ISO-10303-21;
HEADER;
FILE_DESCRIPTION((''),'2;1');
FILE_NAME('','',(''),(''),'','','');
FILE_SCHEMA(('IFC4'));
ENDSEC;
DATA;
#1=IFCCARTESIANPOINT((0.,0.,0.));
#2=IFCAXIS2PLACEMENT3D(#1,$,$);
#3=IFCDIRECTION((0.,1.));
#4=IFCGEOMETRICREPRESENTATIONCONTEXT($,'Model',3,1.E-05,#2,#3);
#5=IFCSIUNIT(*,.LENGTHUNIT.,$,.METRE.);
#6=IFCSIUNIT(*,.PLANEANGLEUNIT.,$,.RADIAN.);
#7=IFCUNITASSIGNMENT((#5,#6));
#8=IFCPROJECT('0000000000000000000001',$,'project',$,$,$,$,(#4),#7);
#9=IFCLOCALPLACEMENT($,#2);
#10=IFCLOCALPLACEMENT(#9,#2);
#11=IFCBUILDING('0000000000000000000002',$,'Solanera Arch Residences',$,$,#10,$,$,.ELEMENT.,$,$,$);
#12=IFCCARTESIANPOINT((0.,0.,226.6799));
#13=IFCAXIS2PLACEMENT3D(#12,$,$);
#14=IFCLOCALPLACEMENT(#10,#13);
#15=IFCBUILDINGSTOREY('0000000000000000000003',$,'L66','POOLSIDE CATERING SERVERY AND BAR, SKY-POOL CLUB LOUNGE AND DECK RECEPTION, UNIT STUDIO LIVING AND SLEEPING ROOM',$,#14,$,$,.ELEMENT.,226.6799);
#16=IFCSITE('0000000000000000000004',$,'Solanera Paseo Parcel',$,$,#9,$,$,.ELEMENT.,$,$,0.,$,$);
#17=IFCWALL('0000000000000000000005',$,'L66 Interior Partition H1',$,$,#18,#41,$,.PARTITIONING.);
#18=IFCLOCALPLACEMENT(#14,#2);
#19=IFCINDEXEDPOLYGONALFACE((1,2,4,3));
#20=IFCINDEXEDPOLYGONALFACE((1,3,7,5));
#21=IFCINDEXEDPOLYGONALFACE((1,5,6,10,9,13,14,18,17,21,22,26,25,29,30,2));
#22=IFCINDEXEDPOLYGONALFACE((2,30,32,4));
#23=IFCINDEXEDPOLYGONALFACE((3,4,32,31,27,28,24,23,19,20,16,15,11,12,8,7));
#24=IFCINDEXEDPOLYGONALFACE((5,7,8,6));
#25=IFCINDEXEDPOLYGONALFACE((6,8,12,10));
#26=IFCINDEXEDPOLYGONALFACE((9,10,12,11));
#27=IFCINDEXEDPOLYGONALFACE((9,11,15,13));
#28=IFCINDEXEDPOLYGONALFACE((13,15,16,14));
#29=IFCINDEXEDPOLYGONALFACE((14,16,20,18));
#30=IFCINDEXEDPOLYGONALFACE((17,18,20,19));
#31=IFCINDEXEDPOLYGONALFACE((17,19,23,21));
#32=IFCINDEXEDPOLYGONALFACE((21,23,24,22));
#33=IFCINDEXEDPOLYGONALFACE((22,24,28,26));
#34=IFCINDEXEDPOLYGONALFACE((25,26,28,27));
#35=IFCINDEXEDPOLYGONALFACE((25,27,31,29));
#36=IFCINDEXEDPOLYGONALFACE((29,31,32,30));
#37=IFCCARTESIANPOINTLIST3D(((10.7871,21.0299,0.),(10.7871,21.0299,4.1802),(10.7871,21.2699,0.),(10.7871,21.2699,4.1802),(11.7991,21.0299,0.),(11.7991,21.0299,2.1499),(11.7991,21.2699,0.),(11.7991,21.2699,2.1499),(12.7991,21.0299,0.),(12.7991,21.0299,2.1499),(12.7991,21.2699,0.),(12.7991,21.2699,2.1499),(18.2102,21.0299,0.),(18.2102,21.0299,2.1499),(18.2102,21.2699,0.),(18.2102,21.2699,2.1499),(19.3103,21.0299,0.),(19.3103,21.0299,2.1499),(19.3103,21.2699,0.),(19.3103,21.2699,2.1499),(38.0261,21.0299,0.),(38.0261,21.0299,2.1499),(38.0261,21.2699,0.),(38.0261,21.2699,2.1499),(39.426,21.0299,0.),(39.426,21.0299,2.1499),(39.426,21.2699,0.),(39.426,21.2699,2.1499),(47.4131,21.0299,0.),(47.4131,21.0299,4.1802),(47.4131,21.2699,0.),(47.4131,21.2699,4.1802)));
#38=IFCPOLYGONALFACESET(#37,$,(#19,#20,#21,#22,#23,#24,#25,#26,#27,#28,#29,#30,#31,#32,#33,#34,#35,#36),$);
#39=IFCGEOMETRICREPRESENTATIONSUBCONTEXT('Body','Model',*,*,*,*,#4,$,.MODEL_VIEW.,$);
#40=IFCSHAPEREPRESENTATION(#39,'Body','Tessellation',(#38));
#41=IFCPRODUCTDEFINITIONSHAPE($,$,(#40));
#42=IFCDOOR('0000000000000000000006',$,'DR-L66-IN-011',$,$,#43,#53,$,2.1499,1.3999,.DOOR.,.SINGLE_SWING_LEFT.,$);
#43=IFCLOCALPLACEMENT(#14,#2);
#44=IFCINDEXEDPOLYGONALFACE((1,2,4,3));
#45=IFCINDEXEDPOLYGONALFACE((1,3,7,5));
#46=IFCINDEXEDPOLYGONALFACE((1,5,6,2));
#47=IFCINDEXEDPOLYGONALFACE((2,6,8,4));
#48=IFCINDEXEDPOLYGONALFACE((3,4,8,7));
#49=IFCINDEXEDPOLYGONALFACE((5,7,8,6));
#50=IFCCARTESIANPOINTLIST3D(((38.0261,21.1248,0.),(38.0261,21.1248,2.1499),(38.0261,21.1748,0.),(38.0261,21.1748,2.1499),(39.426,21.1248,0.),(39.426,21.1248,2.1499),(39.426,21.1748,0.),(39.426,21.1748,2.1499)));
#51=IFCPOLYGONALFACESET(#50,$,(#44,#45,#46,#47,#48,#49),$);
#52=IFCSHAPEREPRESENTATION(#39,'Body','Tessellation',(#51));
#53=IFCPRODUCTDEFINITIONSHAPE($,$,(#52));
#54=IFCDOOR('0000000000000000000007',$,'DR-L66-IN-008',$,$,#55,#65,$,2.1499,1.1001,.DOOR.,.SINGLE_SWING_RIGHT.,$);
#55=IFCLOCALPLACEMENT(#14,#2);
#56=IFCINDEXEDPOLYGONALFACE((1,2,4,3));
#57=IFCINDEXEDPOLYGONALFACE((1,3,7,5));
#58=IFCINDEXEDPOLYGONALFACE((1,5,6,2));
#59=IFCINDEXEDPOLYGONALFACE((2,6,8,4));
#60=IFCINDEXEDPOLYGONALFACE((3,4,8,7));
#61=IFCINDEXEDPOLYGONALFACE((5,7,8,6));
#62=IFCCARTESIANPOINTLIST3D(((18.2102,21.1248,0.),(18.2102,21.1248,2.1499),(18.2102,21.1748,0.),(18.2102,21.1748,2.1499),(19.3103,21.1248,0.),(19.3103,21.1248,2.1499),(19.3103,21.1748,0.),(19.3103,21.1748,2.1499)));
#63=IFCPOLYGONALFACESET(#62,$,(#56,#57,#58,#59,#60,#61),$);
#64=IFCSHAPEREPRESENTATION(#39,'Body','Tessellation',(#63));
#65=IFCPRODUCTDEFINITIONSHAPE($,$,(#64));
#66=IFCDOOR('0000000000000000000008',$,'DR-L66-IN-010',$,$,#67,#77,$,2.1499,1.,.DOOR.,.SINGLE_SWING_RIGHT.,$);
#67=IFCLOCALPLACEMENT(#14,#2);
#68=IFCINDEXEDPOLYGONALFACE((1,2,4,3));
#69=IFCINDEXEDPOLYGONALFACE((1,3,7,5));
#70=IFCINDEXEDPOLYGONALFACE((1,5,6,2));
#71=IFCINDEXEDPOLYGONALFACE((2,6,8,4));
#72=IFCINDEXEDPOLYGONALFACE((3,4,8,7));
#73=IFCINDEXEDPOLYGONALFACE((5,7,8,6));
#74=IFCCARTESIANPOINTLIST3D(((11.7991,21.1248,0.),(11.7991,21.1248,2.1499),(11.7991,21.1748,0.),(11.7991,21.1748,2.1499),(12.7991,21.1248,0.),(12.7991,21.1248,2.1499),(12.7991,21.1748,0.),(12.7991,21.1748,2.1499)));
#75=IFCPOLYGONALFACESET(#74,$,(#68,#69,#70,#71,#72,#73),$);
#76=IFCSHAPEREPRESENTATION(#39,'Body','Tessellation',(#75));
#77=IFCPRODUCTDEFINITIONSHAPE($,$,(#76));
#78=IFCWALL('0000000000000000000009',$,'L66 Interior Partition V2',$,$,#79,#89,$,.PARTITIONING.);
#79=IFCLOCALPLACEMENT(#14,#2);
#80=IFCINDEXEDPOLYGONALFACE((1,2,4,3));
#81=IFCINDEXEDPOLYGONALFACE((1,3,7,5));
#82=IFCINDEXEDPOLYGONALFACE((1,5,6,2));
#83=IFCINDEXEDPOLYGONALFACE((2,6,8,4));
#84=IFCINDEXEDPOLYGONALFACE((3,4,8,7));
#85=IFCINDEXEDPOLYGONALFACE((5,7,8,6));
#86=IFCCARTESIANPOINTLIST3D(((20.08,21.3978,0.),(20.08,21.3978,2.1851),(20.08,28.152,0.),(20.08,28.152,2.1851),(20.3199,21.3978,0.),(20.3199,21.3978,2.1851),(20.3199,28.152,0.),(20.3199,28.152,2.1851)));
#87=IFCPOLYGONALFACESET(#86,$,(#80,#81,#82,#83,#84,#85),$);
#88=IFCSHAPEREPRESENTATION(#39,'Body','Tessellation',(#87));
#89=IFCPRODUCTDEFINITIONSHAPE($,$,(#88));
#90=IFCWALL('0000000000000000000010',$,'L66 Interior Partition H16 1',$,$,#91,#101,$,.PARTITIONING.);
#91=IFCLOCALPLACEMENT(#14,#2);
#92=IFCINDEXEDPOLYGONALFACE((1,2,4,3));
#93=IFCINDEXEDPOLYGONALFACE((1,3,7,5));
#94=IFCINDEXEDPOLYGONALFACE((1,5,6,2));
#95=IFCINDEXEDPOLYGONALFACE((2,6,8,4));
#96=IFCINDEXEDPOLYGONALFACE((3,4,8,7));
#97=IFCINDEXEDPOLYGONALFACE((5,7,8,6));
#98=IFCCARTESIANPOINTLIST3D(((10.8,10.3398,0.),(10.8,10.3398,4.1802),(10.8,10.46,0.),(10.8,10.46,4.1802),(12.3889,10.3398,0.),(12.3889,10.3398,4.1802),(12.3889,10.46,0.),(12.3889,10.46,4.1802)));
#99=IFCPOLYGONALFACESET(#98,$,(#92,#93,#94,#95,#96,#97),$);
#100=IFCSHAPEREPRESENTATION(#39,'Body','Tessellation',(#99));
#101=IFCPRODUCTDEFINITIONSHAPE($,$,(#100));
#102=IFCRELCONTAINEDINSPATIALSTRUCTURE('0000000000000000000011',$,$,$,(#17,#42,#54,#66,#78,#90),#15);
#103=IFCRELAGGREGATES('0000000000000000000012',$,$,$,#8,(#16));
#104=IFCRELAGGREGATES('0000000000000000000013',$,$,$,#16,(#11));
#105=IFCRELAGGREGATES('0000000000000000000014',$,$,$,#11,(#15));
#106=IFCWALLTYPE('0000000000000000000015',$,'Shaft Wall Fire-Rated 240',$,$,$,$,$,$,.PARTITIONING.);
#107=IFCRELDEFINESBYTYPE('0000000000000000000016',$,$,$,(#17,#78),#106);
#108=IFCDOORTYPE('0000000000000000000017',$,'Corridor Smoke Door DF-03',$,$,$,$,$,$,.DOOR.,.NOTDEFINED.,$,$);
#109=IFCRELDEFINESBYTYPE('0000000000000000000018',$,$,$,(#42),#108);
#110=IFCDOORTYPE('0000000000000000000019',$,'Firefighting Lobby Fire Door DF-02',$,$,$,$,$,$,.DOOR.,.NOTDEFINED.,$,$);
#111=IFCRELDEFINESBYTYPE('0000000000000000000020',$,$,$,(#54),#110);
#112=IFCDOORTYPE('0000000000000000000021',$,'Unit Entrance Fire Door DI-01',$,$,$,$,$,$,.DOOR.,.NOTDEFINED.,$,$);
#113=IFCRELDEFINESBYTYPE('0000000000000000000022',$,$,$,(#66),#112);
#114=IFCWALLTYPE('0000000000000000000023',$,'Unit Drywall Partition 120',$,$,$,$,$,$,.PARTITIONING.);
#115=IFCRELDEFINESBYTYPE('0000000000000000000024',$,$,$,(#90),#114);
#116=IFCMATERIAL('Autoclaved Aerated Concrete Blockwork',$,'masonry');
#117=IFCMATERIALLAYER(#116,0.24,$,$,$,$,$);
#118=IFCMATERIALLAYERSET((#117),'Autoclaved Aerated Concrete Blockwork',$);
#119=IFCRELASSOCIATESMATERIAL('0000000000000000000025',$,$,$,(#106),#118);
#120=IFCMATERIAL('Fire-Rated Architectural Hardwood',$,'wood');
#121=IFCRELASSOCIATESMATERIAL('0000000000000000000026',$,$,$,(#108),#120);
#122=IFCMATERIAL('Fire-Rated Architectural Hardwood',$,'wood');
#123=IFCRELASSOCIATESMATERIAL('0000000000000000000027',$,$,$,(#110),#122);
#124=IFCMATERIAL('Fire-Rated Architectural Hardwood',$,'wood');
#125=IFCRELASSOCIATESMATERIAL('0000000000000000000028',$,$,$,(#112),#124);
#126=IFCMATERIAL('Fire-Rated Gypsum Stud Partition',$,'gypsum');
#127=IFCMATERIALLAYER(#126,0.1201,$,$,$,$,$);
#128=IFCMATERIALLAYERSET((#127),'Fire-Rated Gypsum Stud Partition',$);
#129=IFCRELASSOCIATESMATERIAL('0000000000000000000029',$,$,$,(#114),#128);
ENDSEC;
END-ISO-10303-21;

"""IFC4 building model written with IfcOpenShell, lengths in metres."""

from ifc_helpers import new_model, si_unit, direction, frame, frame_2d, origin, place, context, subcontext, project, spatial, rectangle, extrude, material, layer, layer_set, type_object, element, fill, save


model = new_model("IFC4")

# Units and contexts
model_context = context("Model", 3, precision=1e-05, world=origin(), true_north=direction((0.0, 1.0)))
body_context = subcontext(model_context, "Body", "Model", "MODEL_VIEW")
ifc_project = project(units=[si_unit("LENGTHUNIT", "METRE"), si_unit("PLANEANGLEUNIT", "RADIAN")], contexts=[model_context])

# Site, building, storey
site_placement = place(None, origin())
site = spatial("IfcSite", under=ifc_project, at=site_placement, Name="Solanera Paseo Parcel", CompositionType="ELEMENT", RefElevation=0.0)
building_placement = place(site_placement, origin())
building = spatial("IfcBuilding", under=site, at=building_placement, Name="Solanera Arch Residences", CompositionType="ELEMENT")
storey_placement = place(building_placement, frame((0.0, 0.0, 226.6799)))
storey = spatial("IfcBuildingStorey", under=building, at=storey_placement, Name="L66", Description="POOLSIDE CATERING SERVERY AND BAR, SKY-POOL CLUB LOUNGE AND DECK RECEPTION, UNIT STUDIO LIVING AND SLEEPING ROOM", CompositionType="ELEMENT", Elevation=226.6799)

# Wall, openings, doors
ifc_material_1 = material(Name="Autoclaved Aerated Concrete Blockwork", Category="masonry")
ifc_layer_1 = layer(ifc_material_1, 0.24)
ifc_layer_set_1 = layer_set([ifc_layer_1], Name="Autoclaved Aerated Concrete Blockwork")
wall_type_1 = type_object("IfcWallType", Name="Shaft Wall Fire-Rated 240", PredefinedType="PARTITIONING", material=ifc_layer_set_1)
wall_1_placement = place(storey_placement, frame((10.7871, 21.1499, 0.0), z_axis=(0.0, 0.0, 1.0), x_axis=(1.0, 0.0, 0.0)))
wall_1 = element("IfcWall", 1, at=wall_1_placement, inside=storey, type_object=wall_type_1, Name="L66 Interior Partition H1", PredefinedType="PARTITIONING", context=body_context, shape_type="SweptSolid", body=[
    extrude(rectangle(XDim=36.626, YDim=0.24, at=frame_2d((18.313, 0.0))), origin(), (0.0, 0.0, 1.0), 4.1802),
])
opening_1_placement = place(wall_1_placement, frame((7.4231, 0.0, 0.0)))
opening_1 = element("IfcOpeningElement", 2, at=opening_1_placement, cuts=wall_1, PredefinedType="OPENING", context=body_context, shape_type="SweptSolid", body=[
    extrude(rectangle(XDim=1.1001, YDim=2.1499, at=frame_2d((0.55, 1.075))), frame((0.0, 0.1299, 0.0), z_axis=(0.0, -1.0, 0.0), x_axis=(1.0, 0.0, 0.0)), (0.0, 0.0, 1.0), 0.26),
])
opening_2_placement = place(wall_1_placement, frame((1.012, 0.0, 0.0)))
opening_2 = element("IfcOpeningElement", 3, at=opening_2_placement, cuts=wall_1, PredefinedType="OPENING", context=body_context, shape_type="SweptSolid", body=[
    extrude(rectangle(XDim=1.0, YDim=2.1499, at=frame_2d((0.5, 1.075))), frame((0.0, 0.1299, 0.0), z_axis=(0.0, -1.0, 0.0), x_axis=(1.0, 0.0, 0.0)), (0.0, 0.0, 1.0), 0.26),
])
opening_3_placement = place(wall_1_placement, frame((27.239, 0.0, 0.0)))
opening_3 = element("IfcOpeningElement", 4, at=opening_3_placement, cuts=wall_1, PredefinedType="OPENING", context=body_context, shape_type="SweptSolid", body=[
    extrude(rectangle(XDim=1.3999, YDim=2.1499, at=frame_2d((0.7, 1.075))), frame((0.0, 0.1299, 0.0), z_axis=(0.0, -1.0, 0.0), x_axis=(1.0, 0.0, 0.0)), (0.0, 0.0, 1.0), 0.26),
])
ifc_material_2 = material(Name="Fire-Rated Architectural Hardwood", Category="wood")
door_type_1 = type_object("IfcDoorType", Name="Corridor Smoke Door DF-03", OperationType="NOTDEFINED", PredefinedType="DOOR", material=ifc_material_2)
door_1_placement = place(opening_3_placement, origin())
door_1 = element("IfcDoor", 5, at=door_1_placement, inside=storey, type_object=door_type_1, Name="DR-L66-IN-011", OperationType="SINGLE_SWING_LEFT", OverallHeight=2.1499, OverallWidth=1.3999, PredefinedType="DOOR", context=body_context, shape_type="SweptSolid", body=[
    extrude(rectangle(XDim=1.3999, YDim=2.1499, at=frame_2d((0.7, 1.075))), frame((0.0, 0.0249, 0.0), z_axis=(0.0, -1.0, 0.0), x_axis=(1.0, 0.0, 0.0)), (0.0, 0.0, 1.0), 0.05),
])
fill(opening_3, door_1)
ifc_material_3 = material(Name="Fire-Rated Architectural Hardwood", Category="wood")
door_type_2 = type_object("IfcDoorType", Name="Firefighting Lobby Fire Door DF-02", OperationType="NOTDEFINED", PredefinedType="DOOR", material=ifc_material_3)
door_2_placement = place(opening_1_placement, origin())
door_2 = element("IfcDoor", 6, at=door_2_placement, inside=storey, type_object=door_type_2, Name="DR-L66-IN-008", OperationType="SINGLE_SWING_RIGHT", OverallHeight=2.1499, OverallWidth=1.1001, PredefinedType="DOOR", context=body_context, shape_type="SweptSolid", body=[
    extrude(rectangle(XDim=1.1001, YDim=2.1499, at=frame_2d((0.55, 1.075))), frame((0.0, 0.0249, 0.0), z_axis=(0.0, -1.0, 0.0), x_axis=(1.0, 0.0, 0.0)), (0.0, 0.0, 1.0), 0.05),
])
fill(opening_1, door_2)
ifc_material_4 = material(Name="Fire-Rated Architectural Hardwood", Category="wood")
door_type_3 = type_object("IfcDoorType", Name="Unit Entrance Fire Door DI-01", OperationType="NOTDEFINED", PredefinedType="DOOR", material=ifc_material_4)
door_3_placement = place(opening_2_placement, origin())
door_3 = element("IfcDoor", 7, at=door_3_placement, inside=storey, type_object=door_type_3, Name="DR-L66-IN-010", OperationType="SINGLE_SWING_RIGHT", OverallHeight=2.1499, OverallWidth=1.0, PredefinedType="DOOR", context=body_context, shape_type="SweptSolid", body=[
    extrude(rectangle(XDim=1.0, YDim=2.1499, at=frame_2d((0.5, 1.075))), frame((0.0, 0.0249, 0.0), z_axis=(0.0, -1.0, 0.0), x_axis=(1.0, 0.0, 0.0)), (0.0, 0.0, 1.0), 0.05),
])
fill(opening_2, door_3)

# Walls
wall_2_placement = place(storey_placement, frame((20.2, 21.3979, 0.0), z_axis=(0.0, 0.0, 1.0), x_axis=(0.0, 1.0, 0.0)))
element("IfcWall", 8, at=wall_2_placement, inside=storey, type_object=wall_type_1, Name="L66 Interior Partition V2", PredefinedType="PARTITIONING", context=body_context, shape_type="SweptSolid", body=[
    extrude(rectangle(XDim=6.7542, YDim=0.24, at=frame_2d((3.377, 0.0))), origin(), (0.0, 0.0, 1.0), 2.1851),
])
ifc_material_5 = material(Name="Fire-Rated Gypsum Stud Partition", Category="gypsum")
ifc_layer_2 = layer(ifc_material_5, 0.1201)
ifc_layer_set_2 = layer_set([ifc_layer_2], Name="Fire-Rated Gypsum Stud Partition")
wall_type_2 = type_object("IfcWallType", Name="Unit Drywall Partition 120", PredefinedType="PARTITIONING", material=ifc_layer_set_2)
wall_3_placement = place(storey_placement, frame((10.8, 10.3999, 0.0), z_axis=(0.0, 0.0, 1.0), x_axis=(1.0, 0.0, 0.0)))
element("IfcWall", 9, at=wall_3_placement, inside=storey, type_object=wall_type_2, Name="L66 Interior Partition H16 1", PredefinedType="PARTITIONING", context=body_context, shape_type="SweptSolid", body=[
    extrude(rectangle(XDim=1.5889, YDim=0.1201, at=frame_2d((0.7944, 0.0))), origin(), (0.0, 0.0, 1.0), 4.1802),
])

save(model, "model.ifc")
